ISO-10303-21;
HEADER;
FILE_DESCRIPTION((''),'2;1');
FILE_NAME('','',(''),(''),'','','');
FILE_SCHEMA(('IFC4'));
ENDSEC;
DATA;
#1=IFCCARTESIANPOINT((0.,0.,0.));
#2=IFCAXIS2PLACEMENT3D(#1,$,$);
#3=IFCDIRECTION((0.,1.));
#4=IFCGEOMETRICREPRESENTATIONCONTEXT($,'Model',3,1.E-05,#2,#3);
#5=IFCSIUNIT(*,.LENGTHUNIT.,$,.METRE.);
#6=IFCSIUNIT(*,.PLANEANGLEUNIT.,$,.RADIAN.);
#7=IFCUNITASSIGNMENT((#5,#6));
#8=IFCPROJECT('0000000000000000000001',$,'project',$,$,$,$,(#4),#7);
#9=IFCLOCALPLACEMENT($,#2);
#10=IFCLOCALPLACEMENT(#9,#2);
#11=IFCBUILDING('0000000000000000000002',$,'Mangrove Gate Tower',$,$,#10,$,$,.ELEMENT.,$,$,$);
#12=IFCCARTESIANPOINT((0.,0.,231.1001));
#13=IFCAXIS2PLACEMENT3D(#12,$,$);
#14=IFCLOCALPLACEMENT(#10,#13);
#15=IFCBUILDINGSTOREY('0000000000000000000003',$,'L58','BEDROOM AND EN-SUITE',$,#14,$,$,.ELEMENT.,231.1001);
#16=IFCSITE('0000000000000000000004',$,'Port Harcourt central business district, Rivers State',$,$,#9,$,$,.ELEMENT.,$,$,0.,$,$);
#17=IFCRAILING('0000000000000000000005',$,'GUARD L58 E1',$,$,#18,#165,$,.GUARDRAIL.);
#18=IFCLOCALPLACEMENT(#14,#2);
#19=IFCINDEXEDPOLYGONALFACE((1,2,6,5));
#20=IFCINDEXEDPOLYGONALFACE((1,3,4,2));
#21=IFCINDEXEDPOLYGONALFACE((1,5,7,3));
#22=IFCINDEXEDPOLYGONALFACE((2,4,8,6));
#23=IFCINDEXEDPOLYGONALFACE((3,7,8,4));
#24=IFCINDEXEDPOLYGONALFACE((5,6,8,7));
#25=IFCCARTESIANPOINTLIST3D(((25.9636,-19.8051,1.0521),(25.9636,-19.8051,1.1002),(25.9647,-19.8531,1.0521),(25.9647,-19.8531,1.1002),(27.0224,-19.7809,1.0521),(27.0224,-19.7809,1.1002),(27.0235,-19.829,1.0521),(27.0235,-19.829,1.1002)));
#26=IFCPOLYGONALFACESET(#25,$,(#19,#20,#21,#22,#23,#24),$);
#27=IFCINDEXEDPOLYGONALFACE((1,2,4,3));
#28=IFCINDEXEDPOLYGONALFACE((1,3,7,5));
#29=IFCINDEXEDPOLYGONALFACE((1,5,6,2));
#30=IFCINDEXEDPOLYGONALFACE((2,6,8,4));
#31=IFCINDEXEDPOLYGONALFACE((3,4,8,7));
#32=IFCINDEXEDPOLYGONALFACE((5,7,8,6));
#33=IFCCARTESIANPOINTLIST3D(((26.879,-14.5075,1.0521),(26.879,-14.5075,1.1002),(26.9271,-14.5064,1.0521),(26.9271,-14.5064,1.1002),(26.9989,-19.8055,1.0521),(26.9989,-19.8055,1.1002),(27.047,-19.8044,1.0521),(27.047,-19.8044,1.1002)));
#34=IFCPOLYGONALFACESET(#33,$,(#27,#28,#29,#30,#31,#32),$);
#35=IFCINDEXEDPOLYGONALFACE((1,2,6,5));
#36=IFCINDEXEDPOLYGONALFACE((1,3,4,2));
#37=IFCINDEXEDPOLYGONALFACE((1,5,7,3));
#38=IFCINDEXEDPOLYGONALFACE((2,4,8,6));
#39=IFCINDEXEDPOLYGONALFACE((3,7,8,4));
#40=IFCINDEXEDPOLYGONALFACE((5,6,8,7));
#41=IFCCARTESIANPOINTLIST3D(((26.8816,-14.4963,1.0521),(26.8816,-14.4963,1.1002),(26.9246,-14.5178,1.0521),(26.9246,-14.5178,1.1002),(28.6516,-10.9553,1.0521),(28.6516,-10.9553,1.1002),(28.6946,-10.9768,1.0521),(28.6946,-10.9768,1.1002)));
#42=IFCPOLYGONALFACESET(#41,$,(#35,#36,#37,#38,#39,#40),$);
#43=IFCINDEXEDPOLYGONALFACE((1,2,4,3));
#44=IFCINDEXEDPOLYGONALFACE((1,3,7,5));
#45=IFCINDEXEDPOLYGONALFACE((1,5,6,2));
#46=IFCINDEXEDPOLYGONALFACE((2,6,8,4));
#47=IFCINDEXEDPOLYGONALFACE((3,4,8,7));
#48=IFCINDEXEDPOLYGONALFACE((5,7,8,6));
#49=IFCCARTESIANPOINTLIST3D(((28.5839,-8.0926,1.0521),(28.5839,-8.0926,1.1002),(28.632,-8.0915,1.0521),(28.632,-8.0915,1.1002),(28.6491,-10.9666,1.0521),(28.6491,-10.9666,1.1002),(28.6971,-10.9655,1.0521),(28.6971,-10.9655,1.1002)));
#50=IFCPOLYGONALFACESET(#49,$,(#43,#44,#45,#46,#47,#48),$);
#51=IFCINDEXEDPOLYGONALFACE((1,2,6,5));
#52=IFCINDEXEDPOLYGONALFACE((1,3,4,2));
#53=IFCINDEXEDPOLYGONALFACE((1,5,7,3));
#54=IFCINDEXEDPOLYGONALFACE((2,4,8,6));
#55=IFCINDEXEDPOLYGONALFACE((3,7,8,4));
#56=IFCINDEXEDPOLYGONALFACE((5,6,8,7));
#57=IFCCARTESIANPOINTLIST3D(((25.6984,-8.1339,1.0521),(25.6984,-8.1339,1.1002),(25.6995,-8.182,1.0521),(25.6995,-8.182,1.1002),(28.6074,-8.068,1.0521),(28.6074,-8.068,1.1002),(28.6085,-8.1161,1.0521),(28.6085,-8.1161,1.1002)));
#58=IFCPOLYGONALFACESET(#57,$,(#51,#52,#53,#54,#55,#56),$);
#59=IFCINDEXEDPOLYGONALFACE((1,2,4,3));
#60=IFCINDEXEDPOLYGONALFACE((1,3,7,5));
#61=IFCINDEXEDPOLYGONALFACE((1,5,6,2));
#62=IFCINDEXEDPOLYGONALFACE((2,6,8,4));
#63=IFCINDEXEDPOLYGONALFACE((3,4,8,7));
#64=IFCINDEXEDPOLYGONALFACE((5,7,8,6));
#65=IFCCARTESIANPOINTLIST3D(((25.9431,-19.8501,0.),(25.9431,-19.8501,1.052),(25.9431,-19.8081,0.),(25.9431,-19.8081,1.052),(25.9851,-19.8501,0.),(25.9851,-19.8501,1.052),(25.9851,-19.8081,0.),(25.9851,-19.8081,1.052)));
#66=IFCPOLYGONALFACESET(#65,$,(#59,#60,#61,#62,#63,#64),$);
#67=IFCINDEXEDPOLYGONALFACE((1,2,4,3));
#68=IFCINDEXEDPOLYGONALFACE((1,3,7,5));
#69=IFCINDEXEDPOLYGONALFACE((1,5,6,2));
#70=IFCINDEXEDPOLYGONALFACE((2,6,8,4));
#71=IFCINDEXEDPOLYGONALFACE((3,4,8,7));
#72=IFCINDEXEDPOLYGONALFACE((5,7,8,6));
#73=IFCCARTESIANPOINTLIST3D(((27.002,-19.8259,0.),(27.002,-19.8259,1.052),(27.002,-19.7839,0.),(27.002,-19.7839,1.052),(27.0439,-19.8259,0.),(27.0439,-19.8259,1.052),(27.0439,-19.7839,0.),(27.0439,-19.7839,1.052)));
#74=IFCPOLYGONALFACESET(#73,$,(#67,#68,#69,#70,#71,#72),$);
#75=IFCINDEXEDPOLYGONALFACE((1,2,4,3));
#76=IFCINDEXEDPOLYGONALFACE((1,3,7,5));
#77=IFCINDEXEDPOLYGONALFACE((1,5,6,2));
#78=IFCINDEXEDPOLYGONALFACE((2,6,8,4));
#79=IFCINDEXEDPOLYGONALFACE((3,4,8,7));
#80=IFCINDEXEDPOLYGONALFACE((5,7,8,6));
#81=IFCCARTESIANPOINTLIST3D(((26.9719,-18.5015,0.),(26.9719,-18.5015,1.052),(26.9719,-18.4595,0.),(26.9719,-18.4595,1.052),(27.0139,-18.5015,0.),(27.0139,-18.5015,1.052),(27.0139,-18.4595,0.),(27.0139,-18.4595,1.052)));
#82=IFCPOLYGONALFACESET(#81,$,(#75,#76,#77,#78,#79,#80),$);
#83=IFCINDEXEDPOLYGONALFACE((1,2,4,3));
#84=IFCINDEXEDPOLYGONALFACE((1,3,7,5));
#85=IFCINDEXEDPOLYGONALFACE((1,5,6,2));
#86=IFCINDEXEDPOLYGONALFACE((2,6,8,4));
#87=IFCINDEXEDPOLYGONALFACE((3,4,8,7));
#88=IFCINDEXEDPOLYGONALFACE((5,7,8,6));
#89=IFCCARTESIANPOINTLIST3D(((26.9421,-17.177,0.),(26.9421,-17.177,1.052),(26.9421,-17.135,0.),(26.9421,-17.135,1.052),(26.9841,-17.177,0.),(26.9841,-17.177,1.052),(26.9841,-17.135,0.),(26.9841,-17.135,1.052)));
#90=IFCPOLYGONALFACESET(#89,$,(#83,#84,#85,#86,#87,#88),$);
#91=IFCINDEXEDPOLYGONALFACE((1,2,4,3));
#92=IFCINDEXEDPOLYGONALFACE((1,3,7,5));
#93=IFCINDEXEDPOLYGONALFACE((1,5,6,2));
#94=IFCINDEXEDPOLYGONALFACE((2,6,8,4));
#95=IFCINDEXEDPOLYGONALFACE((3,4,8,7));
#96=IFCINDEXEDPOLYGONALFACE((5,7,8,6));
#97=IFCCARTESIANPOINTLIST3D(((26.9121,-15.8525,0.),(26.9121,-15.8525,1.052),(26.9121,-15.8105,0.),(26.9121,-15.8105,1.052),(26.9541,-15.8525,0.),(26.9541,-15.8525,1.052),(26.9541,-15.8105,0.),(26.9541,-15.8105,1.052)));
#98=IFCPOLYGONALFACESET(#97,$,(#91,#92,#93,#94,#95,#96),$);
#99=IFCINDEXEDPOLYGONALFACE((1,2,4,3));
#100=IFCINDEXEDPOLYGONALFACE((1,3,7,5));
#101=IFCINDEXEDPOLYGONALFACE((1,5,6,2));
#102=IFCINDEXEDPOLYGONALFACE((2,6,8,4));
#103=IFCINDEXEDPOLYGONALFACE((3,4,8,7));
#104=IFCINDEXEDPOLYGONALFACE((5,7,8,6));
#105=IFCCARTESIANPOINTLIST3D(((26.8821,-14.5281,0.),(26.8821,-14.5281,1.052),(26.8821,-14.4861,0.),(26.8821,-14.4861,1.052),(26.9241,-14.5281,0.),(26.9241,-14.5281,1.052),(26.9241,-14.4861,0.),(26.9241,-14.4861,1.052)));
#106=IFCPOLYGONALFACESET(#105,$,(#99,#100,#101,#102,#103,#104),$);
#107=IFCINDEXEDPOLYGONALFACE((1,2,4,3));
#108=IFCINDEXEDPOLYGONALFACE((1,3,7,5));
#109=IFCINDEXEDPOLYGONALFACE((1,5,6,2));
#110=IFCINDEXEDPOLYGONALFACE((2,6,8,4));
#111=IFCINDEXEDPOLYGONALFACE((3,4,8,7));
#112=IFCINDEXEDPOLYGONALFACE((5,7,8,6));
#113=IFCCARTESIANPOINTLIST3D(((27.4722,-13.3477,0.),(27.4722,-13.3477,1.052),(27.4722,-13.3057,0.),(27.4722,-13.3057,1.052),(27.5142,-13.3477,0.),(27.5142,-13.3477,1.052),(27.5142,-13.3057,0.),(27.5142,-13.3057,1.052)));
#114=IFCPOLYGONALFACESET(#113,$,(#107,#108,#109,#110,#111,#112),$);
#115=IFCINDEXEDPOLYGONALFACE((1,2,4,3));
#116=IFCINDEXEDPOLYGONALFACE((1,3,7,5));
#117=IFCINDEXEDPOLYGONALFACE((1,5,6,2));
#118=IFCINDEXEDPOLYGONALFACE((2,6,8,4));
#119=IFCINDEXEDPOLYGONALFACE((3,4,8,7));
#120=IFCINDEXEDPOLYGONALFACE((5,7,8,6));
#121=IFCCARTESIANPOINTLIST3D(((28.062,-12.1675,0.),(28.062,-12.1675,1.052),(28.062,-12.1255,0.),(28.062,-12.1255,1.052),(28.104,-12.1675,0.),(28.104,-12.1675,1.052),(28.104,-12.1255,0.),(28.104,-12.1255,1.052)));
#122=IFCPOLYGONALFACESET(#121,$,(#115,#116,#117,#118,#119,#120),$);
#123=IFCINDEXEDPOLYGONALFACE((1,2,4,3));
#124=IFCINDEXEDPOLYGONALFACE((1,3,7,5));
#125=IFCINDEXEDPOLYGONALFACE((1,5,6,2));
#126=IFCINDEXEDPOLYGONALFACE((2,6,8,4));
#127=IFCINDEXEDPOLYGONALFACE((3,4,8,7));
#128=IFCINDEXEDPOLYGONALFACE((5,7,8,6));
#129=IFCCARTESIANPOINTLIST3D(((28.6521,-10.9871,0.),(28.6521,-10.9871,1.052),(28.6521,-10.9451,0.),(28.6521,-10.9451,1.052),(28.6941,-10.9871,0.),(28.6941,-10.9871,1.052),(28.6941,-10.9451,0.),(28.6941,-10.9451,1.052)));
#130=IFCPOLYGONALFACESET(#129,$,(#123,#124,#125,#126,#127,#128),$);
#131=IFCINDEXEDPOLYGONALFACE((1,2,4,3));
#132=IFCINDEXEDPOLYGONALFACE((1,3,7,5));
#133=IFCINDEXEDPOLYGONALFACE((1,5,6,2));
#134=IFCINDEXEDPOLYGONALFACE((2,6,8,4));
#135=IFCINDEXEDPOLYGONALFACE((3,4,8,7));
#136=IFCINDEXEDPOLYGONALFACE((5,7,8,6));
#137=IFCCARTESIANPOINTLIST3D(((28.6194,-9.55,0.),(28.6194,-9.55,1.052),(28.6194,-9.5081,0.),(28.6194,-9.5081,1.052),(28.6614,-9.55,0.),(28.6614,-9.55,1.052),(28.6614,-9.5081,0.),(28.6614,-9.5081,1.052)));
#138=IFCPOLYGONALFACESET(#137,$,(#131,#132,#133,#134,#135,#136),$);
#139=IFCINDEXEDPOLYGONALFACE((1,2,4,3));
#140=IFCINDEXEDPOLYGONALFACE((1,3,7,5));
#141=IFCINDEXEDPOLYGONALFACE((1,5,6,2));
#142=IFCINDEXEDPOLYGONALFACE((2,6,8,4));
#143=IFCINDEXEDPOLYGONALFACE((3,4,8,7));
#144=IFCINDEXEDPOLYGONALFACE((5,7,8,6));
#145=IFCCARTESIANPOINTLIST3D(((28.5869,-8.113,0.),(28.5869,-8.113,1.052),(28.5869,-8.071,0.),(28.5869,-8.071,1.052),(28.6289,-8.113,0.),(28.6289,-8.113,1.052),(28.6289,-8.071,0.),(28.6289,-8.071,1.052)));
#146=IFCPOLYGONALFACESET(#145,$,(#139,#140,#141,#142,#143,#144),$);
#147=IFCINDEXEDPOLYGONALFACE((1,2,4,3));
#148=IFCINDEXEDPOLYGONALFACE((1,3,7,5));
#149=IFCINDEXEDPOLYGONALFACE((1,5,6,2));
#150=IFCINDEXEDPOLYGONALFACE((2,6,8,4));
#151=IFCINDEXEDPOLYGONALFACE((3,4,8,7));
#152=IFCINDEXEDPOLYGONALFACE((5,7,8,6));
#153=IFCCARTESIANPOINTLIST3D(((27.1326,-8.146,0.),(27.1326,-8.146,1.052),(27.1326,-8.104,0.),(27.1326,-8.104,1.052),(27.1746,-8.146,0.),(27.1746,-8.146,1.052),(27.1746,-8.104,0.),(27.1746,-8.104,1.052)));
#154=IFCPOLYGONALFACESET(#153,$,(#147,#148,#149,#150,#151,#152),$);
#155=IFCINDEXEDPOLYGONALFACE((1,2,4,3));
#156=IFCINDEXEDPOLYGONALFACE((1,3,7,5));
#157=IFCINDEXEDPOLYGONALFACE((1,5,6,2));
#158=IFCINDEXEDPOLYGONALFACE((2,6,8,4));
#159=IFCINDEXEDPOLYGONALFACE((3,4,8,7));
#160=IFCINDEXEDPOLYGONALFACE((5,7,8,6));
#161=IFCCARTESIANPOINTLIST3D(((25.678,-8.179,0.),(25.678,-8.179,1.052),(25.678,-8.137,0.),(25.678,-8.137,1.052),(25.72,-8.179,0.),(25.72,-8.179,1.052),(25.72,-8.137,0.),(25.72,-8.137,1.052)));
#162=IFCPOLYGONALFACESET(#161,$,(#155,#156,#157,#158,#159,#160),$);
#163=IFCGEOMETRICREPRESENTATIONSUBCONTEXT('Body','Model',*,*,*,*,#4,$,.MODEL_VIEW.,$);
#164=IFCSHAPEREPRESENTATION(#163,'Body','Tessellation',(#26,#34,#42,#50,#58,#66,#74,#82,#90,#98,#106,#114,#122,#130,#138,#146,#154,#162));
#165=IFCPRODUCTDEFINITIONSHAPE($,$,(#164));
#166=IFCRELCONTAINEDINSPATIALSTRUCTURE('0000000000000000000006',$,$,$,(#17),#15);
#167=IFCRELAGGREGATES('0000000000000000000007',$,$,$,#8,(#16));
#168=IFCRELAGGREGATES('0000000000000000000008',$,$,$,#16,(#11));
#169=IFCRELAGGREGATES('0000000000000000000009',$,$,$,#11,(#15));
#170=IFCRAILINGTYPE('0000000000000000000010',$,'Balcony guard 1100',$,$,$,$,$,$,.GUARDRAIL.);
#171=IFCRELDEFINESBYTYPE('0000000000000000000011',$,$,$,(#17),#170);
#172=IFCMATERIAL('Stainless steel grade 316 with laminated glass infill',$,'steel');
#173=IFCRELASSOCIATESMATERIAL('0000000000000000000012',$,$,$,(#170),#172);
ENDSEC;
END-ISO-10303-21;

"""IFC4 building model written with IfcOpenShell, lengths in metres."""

from ifc_helpers import new_model, si_unit, direction, frame, origin, origin_2d, place, context, subcontext, project, spatial, rectangle, extrude, material, type_object, element, save


model = new_model("IFC4")

# Units and contexts
model_context = context("Model", 3, precision=1e-05, world=origin(), true_north=direction((0.0, 1.0)))
body_context = subcontext(model_context, "Body", "Model", "MODEL_VIEW")
ifc_project = project(units=[si_unit("LENGTHUNIT", "METRE"), si_unit("PLANEANGLEUNIT", "RADIAN")], contexts=[model_context])

# Site, building, storey
site_placement = place(None, origin())
site = spatial("IfcSite", under=ifc_project, at=site_placement, Name="Port Harcourt central business district, Rivers State", CompositionType="ELEMENT", RefElevation=0.0)
building_placement = place(site_placement, origin())
building = spatial("IfcBuilding", under=site, at=building_placement, Name="Mangrove Gate Tower", CompositionType="ELEMENT")
storey_placement = place(building_placement, frame((0.0, 0.0, 231.1001)))
storey = spatial("IfcBuildingStorey", under=building, at=storey_placement, Name="L58", Description="BEDROOM AND EN-SUITE", CompositionType="ELEMENT", Elevation=231.1001)

# Railing
ifc_material_1 = material(Name="Stainless steel grade 316 with laminated glass infill", Category="steel")
railing_type = type_object("IfcRailingType", Name="Balcony guard 1100", PredefinedType="GUARDRAIL", material=ifc_material_1)
railing_placement = place(storey_placement, frame((25.9641, -19.8291, 0.0)))
element("IfcRailing", 1, at=railing_placement, inside=storey, type_object=railing_type, Name="GUARD L58 E1", PredefinedType="GUARDRAIL", context=body_context, shape_type="SweptSolid", body=[
    extrude(rectangle(XDim=0.0481, YDim=0.0481, at=origin_2d()), frame((0.0, 0.0, 1.0762), z_axis=(0.99974, 0.022821, 0.0), x_axis=(-0.022821, 0.99974, 0.0)), (0.0, 0.0, 1.0), 1.0591),
    extrude(rectangle(XDim=0.0481, YDim=0.0481, at=origin_2d()), frame((1.0588, 0.0242, 1.0762), z_axis=(-0.022621, 0.999744, 0.0), x_axis=(-0.999744, -0.022621, 0.0)), (0.0, 0.0, 1.0), 5.2993),
    extrude(rectangle(XDim=0.0481, YDim=0.0481, at=origin_2d()), frame((0.939, 5.322, 1.0762), z_axis=(0.447115, 0.894477, 0.0), x_axis=(-0.894477, 0.447115, 0.0)), (0.0, 0.0, 1.0), 3.9587),
    extrude(rectangle(XDim=0.0481, YDim=0.0481, at=origin_2d()), frame((2.709, 8.863, 1.0762), z_axis=(-0.022675, 0.999743, 0.0), x_axis=(-0.999743, -0.022675, 0.0)), (0.0, 0.0, 1.0), 2.8748),
    extrude(rectangle(XDim=0.0481, YDim=0.0481, at=origin_2d()), frame((2.6438, 11.7371, 1.0762), z_axis=(-0.999743, -0.022655, 0.0), x_axis=(0.022655, -0.999743, 0.0)), (0.0, 0.0, 1.0), 2.9097),
    extrude(rectangle(XDim=0.042, YDim=0.042, at=origin_2d()), origin(), (0.0, 0.0, 1.0), 1.052),
    extrude(rectangle(XDim=0.042, YDim=0.042, at=origin_2d()), frame((1.0588, 0.0242, 0.0)), (0.0, 0.0, 1.0), 1.052),
    extrude(rectangle(XDim=0.042, YDim=0.042, at=origin_2d()), frame((1.0288, 1.3486, 0.0)), (0.0, 0.0, 1.0), 1.052),
    extrude(rectangle(XDim=0.042, YDim=0.042, at=origin_2d()), frame((0.999, 2.6731, 0.0)), (0.0, 0.0, 1.0), 1.052),
    extrude(rectangle(XDim=0.042, YDim=0.042, at=origin_2d()), frame((0.969, 3.9976, 0.0)), (0.0, 0.0, 1.0), 1.052),
    extrude(rectangle(XDim=0.042, YDim=0.042, at=origin_2d()), frame((0.939, 5.322, 0.0)), (0.0, 0.0, 1.0), 1.052),
    extrude(rectangle(XDim=0.042, YDim=0.042, at=origin_2d()), frame((1.5291, 6.5024, 0.0)), (0.0, 0.0, 1.0), 1.052),
    extrude(rectangle(XDim=0.042, YDim=0.042, at=origin_2d()), frame((2.1189, 7.6826, 0.0)), (0.0, 0.0, 1.0), 1.052),
    extrude(rectangle(XDim=0.042, YDim=0.042, at=origin_2d()), frame((2.709, 8.863, 0.0)), (0.0, 0.0, 1.0), 1.052),
    extrude(rectangle(XDim=0.042, YDim=0.042, at=origin_2d()), frame((2.6763, 10.3, 0.0)), (0.0, 0.0, 1.0), 1.052),
    extrude(rectangle(XDim=0.042, YDim=0.042, at=origin_2d()), frame((2.6438, 11.7371, 0.0)), (0.0, 0.0, 1.0), 1.052),
    extrude(rectangle(XDim=0.042, YDim=0.042, at=origin_2d()), frame((1.1895, 11.7041, 0.0)), (0.0, 0.0, 1.0), 1.052),
    extrude(rectangle(XDim=0.042, YDim=0.042, at=origin_2d()), frame((-0.2651, 11.6711, 0.0)), (0.0, 0.0, 1.0), 1.052),
])

save(model, "model.ifc")
